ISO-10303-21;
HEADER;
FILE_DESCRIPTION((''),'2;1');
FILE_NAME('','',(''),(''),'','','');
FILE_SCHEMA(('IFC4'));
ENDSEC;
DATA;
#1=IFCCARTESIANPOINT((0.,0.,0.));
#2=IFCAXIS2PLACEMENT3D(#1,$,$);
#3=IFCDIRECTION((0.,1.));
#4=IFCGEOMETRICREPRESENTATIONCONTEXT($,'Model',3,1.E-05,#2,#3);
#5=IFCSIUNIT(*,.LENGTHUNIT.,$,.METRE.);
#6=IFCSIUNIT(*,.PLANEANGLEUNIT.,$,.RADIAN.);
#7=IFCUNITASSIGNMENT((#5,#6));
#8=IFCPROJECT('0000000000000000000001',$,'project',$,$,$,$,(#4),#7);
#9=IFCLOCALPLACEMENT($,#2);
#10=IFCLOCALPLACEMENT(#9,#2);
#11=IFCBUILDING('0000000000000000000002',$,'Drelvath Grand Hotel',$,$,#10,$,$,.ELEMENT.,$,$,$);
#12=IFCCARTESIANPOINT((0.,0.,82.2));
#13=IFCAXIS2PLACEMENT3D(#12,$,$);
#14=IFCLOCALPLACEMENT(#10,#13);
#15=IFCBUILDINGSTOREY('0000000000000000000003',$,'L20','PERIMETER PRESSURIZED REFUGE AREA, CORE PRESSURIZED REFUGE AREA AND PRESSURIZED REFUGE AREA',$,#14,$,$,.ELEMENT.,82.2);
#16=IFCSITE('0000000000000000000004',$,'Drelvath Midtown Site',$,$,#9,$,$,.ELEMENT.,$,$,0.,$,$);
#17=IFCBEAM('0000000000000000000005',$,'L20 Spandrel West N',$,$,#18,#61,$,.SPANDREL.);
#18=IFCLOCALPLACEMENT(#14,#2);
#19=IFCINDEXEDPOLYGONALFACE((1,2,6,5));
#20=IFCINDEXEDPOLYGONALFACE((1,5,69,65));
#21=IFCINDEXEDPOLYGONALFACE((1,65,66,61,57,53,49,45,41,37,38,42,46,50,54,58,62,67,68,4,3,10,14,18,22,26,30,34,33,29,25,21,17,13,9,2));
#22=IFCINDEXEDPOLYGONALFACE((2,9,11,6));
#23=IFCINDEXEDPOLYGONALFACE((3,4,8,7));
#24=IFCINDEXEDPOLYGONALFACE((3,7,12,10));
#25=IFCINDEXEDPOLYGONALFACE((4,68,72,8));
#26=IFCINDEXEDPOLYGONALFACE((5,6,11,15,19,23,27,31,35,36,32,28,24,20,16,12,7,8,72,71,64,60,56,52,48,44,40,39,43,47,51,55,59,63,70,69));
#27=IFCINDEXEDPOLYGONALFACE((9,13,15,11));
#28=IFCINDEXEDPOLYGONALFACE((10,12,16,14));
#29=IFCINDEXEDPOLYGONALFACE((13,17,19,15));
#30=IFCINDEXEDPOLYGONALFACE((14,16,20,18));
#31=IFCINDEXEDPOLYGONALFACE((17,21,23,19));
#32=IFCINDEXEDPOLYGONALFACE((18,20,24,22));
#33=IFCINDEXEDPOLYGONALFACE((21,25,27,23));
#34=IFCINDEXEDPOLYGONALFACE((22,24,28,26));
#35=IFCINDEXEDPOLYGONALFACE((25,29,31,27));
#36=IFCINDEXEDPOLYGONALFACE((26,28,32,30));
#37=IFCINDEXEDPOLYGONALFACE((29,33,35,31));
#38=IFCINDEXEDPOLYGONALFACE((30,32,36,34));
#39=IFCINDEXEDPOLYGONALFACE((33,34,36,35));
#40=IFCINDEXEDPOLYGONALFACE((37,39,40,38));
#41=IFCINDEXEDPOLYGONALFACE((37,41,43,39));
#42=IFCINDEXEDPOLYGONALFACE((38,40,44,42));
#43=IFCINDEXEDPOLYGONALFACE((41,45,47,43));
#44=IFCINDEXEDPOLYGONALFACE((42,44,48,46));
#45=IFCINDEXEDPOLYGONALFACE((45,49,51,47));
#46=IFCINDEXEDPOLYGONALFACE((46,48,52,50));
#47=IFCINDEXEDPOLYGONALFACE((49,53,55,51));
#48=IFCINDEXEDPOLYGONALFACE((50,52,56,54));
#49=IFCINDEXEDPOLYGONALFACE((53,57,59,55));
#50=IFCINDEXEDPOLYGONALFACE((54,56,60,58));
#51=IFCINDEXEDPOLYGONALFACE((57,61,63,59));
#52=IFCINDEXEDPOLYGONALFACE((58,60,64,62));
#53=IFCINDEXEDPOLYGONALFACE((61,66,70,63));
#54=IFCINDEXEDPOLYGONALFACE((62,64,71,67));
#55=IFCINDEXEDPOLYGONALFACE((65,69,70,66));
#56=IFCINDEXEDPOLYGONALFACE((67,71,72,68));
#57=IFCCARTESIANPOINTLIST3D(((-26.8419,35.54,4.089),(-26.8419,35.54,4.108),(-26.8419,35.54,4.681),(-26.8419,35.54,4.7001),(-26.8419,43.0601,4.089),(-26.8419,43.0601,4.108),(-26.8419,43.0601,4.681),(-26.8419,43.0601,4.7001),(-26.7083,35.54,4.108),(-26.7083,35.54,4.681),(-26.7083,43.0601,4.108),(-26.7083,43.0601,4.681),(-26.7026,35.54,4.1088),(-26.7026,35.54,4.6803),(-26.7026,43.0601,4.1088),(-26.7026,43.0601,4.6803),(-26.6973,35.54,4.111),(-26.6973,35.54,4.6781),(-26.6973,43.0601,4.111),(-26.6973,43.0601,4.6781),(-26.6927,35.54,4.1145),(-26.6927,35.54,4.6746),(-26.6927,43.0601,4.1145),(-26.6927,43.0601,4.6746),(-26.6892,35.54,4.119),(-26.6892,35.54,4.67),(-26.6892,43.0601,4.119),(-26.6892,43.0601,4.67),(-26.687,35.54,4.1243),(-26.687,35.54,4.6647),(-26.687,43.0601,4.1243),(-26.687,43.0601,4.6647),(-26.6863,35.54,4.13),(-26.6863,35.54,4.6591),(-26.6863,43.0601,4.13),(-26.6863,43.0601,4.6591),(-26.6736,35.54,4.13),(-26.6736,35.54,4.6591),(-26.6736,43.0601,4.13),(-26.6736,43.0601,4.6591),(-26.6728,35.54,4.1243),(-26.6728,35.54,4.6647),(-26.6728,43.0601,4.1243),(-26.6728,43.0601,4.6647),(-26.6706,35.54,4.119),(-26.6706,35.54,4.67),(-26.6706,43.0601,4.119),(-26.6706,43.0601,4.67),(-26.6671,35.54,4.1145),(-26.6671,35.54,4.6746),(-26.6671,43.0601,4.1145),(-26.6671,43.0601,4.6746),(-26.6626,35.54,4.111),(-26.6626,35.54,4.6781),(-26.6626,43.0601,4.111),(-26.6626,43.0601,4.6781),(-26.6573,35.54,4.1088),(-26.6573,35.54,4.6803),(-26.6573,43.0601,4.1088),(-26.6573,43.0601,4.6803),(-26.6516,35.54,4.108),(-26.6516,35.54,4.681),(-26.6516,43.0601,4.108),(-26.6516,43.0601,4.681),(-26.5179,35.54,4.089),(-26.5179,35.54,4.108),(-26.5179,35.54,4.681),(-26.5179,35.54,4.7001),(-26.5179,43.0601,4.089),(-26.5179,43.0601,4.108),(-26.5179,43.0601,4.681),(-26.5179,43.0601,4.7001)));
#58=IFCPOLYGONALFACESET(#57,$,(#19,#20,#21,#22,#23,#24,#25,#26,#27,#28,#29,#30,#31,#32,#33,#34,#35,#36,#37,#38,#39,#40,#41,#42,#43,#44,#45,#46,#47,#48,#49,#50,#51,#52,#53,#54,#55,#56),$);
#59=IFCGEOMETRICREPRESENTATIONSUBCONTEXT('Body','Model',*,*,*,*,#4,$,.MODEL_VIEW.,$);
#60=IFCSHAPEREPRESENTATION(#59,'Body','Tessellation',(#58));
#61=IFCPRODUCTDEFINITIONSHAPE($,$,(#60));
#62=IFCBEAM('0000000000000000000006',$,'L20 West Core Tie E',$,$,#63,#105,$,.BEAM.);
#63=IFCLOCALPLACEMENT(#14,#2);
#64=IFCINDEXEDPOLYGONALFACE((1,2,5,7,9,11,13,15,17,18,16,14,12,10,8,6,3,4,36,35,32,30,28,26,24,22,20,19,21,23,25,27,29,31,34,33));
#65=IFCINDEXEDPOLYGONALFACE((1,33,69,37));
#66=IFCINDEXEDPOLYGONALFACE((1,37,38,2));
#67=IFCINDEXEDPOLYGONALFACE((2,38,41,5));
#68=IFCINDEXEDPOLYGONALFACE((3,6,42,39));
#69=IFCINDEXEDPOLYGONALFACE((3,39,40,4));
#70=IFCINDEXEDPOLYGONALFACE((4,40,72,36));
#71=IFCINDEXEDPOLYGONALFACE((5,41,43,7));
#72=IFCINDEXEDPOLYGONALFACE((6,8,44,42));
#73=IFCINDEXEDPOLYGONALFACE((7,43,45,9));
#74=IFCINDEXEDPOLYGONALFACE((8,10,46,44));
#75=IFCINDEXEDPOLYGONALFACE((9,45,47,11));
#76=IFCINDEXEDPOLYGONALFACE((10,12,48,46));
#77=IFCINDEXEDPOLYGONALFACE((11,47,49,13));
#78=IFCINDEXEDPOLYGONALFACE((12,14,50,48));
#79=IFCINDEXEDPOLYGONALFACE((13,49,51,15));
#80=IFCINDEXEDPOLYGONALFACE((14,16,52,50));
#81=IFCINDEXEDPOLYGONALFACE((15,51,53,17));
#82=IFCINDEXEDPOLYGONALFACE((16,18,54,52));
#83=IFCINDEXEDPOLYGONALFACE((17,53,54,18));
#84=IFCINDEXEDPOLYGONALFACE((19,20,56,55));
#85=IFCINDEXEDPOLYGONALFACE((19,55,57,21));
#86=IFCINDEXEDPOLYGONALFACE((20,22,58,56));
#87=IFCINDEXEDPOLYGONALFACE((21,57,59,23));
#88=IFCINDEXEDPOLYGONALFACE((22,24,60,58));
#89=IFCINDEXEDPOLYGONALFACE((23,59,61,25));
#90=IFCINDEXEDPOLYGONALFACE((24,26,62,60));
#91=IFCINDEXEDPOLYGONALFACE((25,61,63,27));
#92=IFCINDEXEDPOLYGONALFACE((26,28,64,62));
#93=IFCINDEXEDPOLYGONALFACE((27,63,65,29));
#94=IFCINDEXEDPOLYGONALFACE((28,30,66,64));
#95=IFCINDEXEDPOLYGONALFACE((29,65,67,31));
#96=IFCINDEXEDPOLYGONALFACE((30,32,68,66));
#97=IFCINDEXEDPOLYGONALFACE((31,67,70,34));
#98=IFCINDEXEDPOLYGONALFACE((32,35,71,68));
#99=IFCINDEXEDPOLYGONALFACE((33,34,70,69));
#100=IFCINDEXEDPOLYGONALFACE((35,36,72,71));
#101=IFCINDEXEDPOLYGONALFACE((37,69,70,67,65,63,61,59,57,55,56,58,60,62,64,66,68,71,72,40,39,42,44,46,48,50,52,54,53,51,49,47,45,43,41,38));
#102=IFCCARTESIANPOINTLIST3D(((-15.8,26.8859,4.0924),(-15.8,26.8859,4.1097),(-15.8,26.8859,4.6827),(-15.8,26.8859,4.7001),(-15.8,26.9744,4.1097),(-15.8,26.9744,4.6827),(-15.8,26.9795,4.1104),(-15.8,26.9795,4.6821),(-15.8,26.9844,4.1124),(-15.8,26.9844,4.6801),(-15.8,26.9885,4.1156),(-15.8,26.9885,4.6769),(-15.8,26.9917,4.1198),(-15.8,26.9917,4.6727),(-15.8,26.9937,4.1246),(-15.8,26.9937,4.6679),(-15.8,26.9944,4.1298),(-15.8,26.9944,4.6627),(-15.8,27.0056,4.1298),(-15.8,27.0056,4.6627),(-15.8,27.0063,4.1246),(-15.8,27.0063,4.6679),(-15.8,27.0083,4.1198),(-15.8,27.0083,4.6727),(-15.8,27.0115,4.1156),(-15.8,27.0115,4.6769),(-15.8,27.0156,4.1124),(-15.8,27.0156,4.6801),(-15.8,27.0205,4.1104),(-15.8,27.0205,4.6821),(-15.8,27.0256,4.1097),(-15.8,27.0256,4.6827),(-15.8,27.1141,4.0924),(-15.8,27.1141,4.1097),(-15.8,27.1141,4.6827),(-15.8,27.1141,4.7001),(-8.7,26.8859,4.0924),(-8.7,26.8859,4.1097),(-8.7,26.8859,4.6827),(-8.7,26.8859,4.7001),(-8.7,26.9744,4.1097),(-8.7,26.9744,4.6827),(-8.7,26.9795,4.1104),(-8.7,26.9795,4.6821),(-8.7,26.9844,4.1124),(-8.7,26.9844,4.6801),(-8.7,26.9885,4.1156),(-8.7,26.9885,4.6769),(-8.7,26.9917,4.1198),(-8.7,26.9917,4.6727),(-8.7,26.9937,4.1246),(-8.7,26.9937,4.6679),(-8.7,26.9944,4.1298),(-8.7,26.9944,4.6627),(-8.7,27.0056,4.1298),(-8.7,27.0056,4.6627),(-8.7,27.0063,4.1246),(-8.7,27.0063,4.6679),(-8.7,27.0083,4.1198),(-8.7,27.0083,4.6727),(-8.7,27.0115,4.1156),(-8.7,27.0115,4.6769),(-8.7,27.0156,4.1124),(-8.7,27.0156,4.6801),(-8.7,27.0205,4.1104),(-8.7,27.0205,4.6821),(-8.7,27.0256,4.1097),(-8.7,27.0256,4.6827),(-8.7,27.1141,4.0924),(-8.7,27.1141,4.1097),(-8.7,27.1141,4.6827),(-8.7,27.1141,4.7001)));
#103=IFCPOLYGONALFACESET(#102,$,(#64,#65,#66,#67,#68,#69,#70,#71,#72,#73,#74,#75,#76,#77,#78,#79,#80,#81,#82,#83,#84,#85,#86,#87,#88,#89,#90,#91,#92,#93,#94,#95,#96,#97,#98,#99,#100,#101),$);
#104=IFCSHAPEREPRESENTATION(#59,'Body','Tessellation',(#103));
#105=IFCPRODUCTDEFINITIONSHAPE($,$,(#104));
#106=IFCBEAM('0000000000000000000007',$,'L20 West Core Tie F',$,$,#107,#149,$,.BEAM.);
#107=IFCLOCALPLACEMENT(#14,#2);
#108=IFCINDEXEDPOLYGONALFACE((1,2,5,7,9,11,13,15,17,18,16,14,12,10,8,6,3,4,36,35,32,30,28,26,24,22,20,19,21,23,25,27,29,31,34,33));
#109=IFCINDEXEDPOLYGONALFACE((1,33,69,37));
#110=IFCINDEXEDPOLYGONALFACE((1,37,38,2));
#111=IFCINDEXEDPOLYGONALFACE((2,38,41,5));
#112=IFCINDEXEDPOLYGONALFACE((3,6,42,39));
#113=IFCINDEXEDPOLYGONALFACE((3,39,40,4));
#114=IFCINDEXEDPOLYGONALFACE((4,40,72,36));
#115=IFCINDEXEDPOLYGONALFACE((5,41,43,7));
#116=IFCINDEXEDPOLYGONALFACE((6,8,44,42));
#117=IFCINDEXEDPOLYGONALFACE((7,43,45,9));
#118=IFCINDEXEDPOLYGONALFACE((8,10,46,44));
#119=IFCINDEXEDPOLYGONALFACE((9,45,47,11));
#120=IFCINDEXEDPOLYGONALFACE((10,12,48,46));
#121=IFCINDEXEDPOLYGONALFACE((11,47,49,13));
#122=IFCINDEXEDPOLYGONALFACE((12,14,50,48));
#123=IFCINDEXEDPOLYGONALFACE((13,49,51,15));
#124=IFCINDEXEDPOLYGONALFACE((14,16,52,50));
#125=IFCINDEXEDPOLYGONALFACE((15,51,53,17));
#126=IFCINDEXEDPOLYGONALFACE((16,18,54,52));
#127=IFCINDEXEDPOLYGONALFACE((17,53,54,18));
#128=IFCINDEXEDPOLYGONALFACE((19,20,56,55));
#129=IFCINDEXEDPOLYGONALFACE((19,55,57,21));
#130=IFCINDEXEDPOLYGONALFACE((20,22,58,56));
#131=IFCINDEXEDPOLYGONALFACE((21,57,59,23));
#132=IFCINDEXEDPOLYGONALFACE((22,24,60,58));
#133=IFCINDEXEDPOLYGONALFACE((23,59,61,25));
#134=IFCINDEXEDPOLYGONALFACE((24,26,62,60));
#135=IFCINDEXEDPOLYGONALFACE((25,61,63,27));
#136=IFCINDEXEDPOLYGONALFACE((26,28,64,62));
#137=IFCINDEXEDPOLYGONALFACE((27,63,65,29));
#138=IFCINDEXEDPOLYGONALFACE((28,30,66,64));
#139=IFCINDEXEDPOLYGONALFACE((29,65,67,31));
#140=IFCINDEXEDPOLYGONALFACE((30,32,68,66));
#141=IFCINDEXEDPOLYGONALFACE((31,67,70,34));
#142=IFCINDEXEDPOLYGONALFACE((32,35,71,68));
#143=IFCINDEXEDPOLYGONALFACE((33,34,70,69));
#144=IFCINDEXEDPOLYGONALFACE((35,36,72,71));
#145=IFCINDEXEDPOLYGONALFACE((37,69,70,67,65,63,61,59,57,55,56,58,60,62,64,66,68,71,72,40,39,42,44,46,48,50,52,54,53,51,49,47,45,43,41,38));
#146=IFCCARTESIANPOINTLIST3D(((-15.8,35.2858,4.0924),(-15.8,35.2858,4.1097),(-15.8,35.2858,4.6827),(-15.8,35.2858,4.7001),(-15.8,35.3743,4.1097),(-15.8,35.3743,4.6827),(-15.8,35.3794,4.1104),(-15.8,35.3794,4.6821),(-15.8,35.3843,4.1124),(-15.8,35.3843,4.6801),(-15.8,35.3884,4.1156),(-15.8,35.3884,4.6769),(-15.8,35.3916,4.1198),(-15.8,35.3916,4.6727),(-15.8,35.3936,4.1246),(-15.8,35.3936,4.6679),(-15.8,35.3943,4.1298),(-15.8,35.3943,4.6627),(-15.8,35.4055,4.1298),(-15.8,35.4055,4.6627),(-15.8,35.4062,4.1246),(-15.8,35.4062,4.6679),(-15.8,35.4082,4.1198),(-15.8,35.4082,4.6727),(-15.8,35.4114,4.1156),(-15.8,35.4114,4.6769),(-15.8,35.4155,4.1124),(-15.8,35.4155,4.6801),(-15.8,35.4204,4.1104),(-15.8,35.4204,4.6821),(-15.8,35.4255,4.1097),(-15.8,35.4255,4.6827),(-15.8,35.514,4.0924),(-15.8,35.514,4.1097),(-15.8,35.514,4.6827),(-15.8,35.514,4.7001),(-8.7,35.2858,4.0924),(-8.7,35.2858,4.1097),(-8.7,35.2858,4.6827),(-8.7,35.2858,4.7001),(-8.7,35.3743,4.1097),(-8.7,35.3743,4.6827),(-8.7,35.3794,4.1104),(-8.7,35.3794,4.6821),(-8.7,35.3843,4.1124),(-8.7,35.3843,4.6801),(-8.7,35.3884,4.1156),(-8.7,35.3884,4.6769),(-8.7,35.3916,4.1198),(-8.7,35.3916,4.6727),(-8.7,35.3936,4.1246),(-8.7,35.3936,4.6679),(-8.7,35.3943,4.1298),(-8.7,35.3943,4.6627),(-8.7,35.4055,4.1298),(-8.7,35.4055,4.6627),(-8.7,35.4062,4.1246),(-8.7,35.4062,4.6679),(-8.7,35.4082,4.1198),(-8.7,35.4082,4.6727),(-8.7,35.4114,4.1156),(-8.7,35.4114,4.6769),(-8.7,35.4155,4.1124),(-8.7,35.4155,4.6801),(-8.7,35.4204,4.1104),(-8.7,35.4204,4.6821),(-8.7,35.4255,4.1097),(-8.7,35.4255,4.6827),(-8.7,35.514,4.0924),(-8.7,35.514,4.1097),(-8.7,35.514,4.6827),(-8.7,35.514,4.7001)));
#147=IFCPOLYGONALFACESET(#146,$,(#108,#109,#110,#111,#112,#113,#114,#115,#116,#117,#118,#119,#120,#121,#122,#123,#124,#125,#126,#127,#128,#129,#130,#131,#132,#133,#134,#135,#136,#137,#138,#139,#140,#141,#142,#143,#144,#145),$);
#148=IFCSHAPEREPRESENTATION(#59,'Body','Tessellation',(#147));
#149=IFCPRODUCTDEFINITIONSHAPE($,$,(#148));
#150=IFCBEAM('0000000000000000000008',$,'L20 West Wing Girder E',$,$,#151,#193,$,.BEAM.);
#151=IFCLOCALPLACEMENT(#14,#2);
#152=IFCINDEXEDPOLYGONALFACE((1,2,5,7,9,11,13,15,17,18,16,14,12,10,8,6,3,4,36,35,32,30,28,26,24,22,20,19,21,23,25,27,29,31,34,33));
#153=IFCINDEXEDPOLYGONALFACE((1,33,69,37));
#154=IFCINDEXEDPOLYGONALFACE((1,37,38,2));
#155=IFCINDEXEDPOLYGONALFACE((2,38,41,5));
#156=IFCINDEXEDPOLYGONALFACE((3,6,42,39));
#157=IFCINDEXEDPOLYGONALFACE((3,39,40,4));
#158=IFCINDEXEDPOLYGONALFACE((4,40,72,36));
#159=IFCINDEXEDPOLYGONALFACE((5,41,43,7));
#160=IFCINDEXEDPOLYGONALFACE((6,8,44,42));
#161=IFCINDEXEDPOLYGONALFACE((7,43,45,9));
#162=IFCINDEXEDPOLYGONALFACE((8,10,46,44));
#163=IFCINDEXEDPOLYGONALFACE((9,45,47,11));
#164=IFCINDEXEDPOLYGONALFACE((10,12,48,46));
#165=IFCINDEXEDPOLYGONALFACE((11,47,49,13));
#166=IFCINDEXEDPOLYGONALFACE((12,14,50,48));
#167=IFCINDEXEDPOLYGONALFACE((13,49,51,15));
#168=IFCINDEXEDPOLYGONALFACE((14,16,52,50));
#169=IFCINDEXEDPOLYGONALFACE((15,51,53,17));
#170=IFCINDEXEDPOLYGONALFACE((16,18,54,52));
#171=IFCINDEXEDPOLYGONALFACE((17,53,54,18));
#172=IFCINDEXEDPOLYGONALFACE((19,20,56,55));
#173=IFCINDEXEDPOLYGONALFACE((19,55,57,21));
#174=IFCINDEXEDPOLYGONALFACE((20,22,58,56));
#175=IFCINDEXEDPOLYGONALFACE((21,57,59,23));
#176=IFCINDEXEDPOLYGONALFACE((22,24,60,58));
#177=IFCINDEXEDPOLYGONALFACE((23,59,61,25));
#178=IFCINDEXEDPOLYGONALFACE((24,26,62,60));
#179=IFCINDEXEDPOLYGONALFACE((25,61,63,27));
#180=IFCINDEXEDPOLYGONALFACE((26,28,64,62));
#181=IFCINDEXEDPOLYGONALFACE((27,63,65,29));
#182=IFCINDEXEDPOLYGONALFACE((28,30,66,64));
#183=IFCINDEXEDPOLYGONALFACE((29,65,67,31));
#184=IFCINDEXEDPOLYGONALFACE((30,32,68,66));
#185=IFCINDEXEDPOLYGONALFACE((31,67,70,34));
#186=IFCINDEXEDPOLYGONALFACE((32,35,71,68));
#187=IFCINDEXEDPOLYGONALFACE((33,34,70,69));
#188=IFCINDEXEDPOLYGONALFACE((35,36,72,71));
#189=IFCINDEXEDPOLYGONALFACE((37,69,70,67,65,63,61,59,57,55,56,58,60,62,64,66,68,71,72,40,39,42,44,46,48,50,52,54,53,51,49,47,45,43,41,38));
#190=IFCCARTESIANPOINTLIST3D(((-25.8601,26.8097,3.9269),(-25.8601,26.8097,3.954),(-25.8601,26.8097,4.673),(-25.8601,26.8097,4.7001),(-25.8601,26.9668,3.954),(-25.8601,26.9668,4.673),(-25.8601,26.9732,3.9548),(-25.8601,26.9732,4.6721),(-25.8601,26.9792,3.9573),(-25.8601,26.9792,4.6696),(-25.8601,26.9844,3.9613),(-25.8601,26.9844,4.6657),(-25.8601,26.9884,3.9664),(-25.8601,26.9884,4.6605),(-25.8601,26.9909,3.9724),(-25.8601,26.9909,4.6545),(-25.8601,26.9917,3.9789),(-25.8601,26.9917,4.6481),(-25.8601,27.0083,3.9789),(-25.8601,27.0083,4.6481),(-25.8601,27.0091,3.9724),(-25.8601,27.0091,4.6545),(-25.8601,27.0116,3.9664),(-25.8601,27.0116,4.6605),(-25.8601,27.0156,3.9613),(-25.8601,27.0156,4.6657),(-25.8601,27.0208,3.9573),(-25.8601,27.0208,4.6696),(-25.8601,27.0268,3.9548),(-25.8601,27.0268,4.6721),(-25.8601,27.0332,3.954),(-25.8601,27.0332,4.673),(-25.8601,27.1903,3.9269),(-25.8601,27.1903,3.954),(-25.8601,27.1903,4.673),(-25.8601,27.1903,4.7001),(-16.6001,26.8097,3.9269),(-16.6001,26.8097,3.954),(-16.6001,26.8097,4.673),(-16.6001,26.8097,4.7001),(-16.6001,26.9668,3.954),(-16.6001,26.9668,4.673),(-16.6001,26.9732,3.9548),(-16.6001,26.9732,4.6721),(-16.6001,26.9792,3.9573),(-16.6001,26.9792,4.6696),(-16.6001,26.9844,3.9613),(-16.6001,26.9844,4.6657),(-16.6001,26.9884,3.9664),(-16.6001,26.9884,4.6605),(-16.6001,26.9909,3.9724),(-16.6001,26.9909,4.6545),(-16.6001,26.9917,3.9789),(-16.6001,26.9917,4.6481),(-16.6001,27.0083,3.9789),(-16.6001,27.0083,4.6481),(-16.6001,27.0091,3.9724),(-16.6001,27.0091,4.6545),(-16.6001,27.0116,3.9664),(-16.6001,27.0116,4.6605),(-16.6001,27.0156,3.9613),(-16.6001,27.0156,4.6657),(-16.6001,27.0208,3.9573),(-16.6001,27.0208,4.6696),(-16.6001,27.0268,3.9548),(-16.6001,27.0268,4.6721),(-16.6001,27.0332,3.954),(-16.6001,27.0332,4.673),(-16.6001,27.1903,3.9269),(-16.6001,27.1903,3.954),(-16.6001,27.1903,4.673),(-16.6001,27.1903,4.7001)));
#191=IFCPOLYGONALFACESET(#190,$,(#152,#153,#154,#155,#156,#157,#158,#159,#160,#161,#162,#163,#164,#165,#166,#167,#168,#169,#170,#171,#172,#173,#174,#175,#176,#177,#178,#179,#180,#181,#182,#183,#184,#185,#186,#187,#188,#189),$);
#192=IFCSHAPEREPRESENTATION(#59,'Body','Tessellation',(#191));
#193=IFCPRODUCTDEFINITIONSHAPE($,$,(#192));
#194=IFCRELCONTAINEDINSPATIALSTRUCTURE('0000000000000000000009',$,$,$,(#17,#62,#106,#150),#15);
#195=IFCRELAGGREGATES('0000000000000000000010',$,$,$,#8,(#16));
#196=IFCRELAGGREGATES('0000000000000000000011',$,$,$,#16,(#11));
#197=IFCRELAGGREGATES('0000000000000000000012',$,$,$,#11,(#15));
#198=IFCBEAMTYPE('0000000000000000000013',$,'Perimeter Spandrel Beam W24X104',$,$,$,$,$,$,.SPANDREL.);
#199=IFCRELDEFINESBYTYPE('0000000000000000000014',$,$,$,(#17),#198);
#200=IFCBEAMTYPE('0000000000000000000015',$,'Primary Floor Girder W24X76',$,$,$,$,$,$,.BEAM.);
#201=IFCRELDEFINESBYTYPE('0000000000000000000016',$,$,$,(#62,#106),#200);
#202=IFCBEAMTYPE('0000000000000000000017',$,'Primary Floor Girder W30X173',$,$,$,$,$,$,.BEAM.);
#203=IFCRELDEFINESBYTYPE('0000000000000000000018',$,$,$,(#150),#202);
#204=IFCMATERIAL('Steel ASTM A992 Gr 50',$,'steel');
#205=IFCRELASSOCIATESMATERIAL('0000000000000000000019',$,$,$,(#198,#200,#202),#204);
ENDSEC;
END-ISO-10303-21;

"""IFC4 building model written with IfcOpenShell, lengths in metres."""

from ifc_helpers import new_model, si_unit, direction, frame, origin, origin_2d, place, context, subcontext, project, spatial, i_section, extrude, material, material_profile, profile_set, type_object, element, save


model = new_model("IFC4")

# Units and contexts
model_context = context("Model", 3, precision=1e-05, world=origin(), true_north=direction((0.0, 1.0)))
body_context = subcontext(model_context, "Body", "Model", "MODEL_VIEW")
ifc_project = project(units=[si_unit("LENGTHUNIT", "METRE"), si_unit("PLANEANGLEUNIT", "RADIAN")], contexts=[model_context])

# Site, building, storey
site_placement = place(None, origin())
site = spatial("IfcSite", under=ifc_project, at=site_placement, Name="Drelvath Midtown Site", CompositionType="ELEMENT", RefElevation=0.0)
building_placement = place(site_placement, origin())
building = spatial("IfcBuilding", under=site, at=building_placement, Name="Drelvath Grand Hotel", CompositionType="ELEMENT")
storey_placement = place(building_placement, frame((0.0, 0.0, 82.2)))
storey = spatial("IfcBuildingStorey", under=building, at=storey_placement, Name="L20", Description="PERIMETER PRESSURIZED REFUGE AREA, CORE PRESSURIZED REFUGE AREA AND PRESSURIZED REFUGE AREA", CompositionType="ELEMENT", Elevation=82.2)

# Beams
ifc_material_1 = material(Name="Steel ASTM A992 Gr 50", Category="steel")
ifc_material_profile_1 = material_profile(ifc_material_1, i_section(OverallWidth=0.324, OverallDepth=0.6111, WebThickness=0.0127, FlangeThickness=0.019, FilletRadius=0.022, at=origin_2d()), Name="W24X104")
ifc_profile_set_1 = profile_set([ifc_material_profile_1], Name="Steel ASTM A992 Gr 50")
beam_type_1 = type_object("IfcBeamType", Name="Perimeter Spandrel Beam W24X104", PredefinedType="SPANDREL", material=ifc_profile_set_1)
beam_1_placement = place(storey_placement, frame((-26.6799, 35.54, 4.3945), z_axis=(0.0, 1.0, 0.0), x_axis=(-1.0, 0.0, 0.0)))
element("IfcBeam", 1, at=beam_1_placement, inside=storey, type_object=beam_type_1, Name="L20 Spandrel West N", PredefinedType="SPANDREL", context=body_context, shape_type="SweptSolid", body=[
    extrude(i_section(OverallWidth=0.324, OverallDepth=0.6111, WebThickness=0.0127, FlangeThickness=0.019, FilletRadius=0.022, at=origin_2d()), origin(), (0.0, 0.0, 1.0), 7.52),
])
ifc_material_profile_2 = material_profile(ifc_material_1, i_section(OverallWidth=0.2283, OverallDepth=0.6077, WebThickness=0.0112, FlangeThickness=0.0173, FilletRadius=0.02, at=origin_2d()), Name="W24X76")
ifc_profile_set_2 = profile_set([ifc_material_profile_2], Name="Steel ASTM A992 Gr 50")
beam_type_2 = type_object("IfcBeamType", Name="Primary Floor Girder W24X76", PredefinedType="BEAM", material=ifc_profile_set_2)
for number, where, z_axis, x_axis, name in (
    (2, (-15.8, 27.0, 4.3962), (1.0, 0.0, 0.0), (0.0, 1.0, 0.0), "L20 West Core Tie E"),
    (3, (-15.8, 35.3999, 4.3962), (1.0, 0.0, 0.0), (0.0, 1.0, 0.0), "L20 West Core Tie F"),
):
    element("IfcBeam", number, at=place(storey_placement, frame(where, z_axis=z_axis, x_axis=x_axis)), inside=storey, type_object=beam_type_2, Name=name, PredefinedType="BEAM", context=body_context, shape_type="SweptSolid", body=[
        extrude(i_section(OverallWidth=0.2283, OverallDepth=0.6077, WebThickness=0.0112, FlangeThickness=0.0173, FilletRadius=0.02, at=origin_2d()), origin(), (0.0, 0.0, 1.0), 7.1001),
    ])
ifc_material_profile_3 = material_profile(ifc_material_1, i_section(OverallWidth=0.3806, OverallDepth=0.7732, WebThickness=0.0166, FlangeThickness=0.0271, FilletRadius=0.0249, at=origin_2d()), Name="W30X173")
ifc_profile_set_3 = profile_set([ifc_material_profile_3], Name="Steel ASTM A992 Gr 50")
beam_type_3 = type_object("IfcBeamType", Name="Primary Floor Girder W30X173", PredefinedType="BEAM", material=ifc_profile_set_3)
beam_2_placement = place(storey_placement, frame((-25.8601, 27.0, 4.3135), z_axis=(1.0, 0.0, 0.0), x_axis=(0.0, 1.0, 0.0)))
element("IfcBeam", 4, at=beam_2_placement, inside=storey, type_object=beam_type_3, Name="L20 West Wing Girder E", PredefinedType="BEAM", context=body_context, shape_type="SweptSolid", body=[
    extrude(i_section(OverallWidth=0.3806, OverallDepth=0.7732, WebThickness=0.0166, FlangeThickness=0.0271, FilletRadius=0.0249, at=origin_2d()), origin(), (0.0, 0.0, 1.0), 9.26),
])

save(model, "model.ifc")
